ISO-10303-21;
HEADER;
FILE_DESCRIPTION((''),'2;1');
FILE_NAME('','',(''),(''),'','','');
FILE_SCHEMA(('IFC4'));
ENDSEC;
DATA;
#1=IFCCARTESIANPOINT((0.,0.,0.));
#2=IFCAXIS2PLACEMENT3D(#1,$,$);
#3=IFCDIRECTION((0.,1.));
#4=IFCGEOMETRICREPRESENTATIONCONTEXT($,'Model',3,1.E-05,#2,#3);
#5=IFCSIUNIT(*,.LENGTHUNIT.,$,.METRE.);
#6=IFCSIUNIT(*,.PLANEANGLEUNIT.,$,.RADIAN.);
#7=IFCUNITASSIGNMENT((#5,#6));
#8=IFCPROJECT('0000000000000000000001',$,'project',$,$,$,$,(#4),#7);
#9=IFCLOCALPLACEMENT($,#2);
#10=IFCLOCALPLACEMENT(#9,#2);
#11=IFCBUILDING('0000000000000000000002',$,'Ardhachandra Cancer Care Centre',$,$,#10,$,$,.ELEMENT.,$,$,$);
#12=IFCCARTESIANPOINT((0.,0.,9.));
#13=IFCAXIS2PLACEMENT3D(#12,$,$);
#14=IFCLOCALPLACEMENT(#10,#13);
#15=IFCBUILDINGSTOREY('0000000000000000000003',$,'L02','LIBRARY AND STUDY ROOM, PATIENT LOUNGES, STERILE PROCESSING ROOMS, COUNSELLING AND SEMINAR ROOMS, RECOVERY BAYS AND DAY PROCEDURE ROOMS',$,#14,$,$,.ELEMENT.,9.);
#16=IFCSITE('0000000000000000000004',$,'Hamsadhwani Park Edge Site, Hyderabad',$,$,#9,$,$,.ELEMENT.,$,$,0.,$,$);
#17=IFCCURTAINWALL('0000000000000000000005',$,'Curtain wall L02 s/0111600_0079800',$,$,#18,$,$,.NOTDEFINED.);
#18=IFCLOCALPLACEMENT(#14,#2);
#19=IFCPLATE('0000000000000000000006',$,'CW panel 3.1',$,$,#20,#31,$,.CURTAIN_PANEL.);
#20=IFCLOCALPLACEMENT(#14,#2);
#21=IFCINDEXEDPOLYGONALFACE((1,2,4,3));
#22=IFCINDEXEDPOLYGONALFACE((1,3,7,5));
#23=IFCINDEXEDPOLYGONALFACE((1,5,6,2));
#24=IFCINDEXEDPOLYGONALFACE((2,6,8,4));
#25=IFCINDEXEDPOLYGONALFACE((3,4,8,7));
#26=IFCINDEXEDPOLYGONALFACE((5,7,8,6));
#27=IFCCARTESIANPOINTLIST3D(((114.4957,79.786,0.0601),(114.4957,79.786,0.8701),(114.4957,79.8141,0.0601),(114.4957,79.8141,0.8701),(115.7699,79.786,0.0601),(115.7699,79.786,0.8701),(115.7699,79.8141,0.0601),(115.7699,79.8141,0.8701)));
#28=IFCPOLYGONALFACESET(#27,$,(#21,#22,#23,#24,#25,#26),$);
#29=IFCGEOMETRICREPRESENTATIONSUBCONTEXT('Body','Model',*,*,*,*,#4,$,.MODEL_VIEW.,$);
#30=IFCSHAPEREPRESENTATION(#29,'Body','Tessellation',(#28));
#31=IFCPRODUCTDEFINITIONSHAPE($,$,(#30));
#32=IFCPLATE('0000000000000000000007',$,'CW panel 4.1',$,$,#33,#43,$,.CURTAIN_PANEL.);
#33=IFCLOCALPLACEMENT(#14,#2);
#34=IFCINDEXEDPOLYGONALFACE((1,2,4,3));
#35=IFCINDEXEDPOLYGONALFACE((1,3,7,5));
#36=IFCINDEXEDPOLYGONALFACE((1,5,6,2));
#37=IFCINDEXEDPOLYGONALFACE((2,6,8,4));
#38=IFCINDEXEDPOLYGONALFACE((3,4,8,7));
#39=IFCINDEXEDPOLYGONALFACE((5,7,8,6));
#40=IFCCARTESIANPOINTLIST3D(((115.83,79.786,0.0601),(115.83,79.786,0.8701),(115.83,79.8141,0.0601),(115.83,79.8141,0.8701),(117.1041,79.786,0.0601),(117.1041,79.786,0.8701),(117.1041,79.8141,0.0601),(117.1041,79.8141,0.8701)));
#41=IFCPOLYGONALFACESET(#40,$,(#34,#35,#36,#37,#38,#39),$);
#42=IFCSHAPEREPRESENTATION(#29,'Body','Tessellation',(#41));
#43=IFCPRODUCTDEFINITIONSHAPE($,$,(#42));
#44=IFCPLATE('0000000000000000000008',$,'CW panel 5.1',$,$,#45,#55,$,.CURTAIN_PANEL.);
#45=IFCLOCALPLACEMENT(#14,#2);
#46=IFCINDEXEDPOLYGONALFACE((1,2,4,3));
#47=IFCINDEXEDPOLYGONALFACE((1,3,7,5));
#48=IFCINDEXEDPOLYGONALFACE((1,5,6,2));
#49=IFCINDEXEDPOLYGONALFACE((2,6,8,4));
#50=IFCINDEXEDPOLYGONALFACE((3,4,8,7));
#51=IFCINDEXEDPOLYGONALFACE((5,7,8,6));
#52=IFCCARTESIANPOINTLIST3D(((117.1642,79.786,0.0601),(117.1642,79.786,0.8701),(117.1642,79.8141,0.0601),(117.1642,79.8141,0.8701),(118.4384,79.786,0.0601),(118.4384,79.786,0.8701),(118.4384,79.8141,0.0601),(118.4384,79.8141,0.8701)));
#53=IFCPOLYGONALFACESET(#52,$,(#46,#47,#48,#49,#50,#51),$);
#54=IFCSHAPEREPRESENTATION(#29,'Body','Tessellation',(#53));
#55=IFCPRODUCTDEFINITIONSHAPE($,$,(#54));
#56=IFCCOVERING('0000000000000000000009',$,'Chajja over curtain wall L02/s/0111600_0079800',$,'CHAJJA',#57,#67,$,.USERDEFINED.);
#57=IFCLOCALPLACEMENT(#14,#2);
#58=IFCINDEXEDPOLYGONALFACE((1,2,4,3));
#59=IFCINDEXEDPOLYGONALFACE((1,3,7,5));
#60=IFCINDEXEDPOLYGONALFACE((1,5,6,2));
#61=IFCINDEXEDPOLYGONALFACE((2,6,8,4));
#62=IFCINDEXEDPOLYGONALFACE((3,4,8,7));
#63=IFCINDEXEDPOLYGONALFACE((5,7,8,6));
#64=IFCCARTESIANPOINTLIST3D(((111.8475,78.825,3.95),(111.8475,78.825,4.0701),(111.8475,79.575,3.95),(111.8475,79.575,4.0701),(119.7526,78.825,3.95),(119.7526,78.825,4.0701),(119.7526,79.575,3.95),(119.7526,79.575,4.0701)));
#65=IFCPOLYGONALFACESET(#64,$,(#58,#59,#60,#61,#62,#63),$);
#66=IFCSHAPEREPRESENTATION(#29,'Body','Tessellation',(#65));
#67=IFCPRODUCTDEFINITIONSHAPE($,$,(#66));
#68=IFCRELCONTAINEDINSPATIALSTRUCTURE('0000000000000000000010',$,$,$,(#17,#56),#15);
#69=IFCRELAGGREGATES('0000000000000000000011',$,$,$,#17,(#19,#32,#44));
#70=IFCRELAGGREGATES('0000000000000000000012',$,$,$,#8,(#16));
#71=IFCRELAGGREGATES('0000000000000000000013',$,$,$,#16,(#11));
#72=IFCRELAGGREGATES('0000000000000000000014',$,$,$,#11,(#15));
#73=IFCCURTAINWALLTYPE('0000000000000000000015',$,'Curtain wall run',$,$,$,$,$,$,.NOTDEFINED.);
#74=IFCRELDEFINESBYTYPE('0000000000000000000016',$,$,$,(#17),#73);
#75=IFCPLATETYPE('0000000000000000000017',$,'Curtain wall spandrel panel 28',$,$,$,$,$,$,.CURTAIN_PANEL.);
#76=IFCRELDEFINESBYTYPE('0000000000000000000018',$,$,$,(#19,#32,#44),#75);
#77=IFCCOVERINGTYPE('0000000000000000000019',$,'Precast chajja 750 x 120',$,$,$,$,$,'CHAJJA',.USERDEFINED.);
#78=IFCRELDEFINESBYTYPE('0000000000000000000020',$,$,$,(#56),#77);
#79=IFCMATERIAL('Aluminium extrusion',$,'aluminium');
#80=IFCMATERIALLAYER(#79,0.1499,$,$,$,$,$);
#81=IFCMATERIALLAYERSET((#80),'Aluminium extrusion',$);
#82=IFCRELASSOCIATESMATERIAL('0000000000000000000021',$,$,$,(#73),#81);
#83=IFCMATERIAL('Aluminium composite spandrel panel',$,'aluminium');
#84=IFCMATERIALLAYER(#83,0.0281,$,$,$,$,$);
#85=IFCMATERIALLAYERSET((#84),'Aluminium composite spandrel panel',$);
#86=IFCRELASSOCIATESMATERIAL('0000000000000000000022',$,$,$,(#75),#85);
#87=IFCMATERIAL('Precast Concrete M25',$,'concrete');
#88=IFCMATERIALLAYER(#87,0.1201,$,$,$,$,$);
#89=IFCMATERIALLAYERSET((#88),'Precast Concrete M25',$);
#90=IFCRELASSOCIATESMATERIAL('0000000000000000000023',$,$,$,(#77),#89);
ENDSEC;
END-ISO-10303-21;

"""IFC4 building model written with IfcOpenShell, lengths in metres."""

from ifc_helpers import new_model, si_unit, direction, frame, origin, origin_2d, place, context, subcontext, project, spatial, rectangle, extrude, material, layer, layer_set, type_object, element, aggregate, save


model = new_model("IFC4")

# Units and contexts
model_context = context("Model", 3, precision=1e-05, world=origin(), true_north=direction((0.0, 1.0)))
body_context = subcontext(model_context, "Body", "Model", "MODEL_VIEW")
ifc_project = project(units=[si_unit("LENGTHUNIT", "METRE"), si_unit("PLANEANGLEUNIT", "RADIAN")], contexts=[model_context])

# Site, building, storey
site_placement = place(None, origin())
site = spatial("IfcSite", under=ifc_project, at=site_placement, Name="Hamsadhwani Park Edge Site, Hyderabad", CompositionType="ELEMENT", RefElevation=0.0)
building_placement = place(site_placement, origin())
building = spatial("IfcBuilding", under=site, at=building_placement, Name="Ardhachandra Cancer Care Centre", CompositionType="ELEMENT")
storey_placement = place(building_placement, frame((0.0, 0.0, 9.0)))
storey = spatial("IfcBuildingStorey", under=building, at=storey_placement, Name="L02", Description="LIBRARY AND STUDY ROOM, PATIENT LOUNGES, STERILE PROCESSING ROOMS, COUNSELLING AND SEMINAR ROOMS, RECOVERY BAYS AND DAY PROCEDURE ROOMS", CompositionType="ELEMENT", Elevation=9.0)

# Curtain wall, plates
ifc_material_1 = material(Name="Aluminium extrusion", Category="aluminium")
ifc_layer_1 = layer(ifc_material_1, 0.1499)
ifc_layer_set_1 = layer_set([ifc_layer_1], Name="Aluminium extrusion")
curtain_wall_type = type_object("IfcCurtainWallType", Name="Curtain wall run", PredefinedType="NOTDEFINED", material=ifc_layer_set_1)
curtain_wall_placement = place(storey_placement, origin())
curtain_wall = element("IfcCurtainWall", 1, at=curtain_wall_placement, inside=storey, type_object=curtain_wall_type, Name="Curtain wall L02 s/0111600_0079800", PredefinedType="NOTDEFINED")
ifc_material_2 = material(Name="Aluminium composite spandrel panel", Category="aluminium")
ifc_layer_2 = layer(ifc_material_2, 0.0281)
ifc_layer_set_2 = layer_set([ifc_layer_2], Name="Aluminium composite spandrel panel")
plate_type_1 = type_object("IfcPlateType", Name="Curtain wall spandrel panel 28", PredefinedType="CURTAIN_PANEL", material=ifc_layer_set_2)
plate_1_placement = place(storey_placement, frame((115.1328, 79.8, 0.0601), z_axis=(0.0, 0.0, 1.0), x_axis=(1.0, 0.0, 0.0)))
plate_1 = element("IfcPlate", 2, at=plate_1_placement, type_object=plate_type_1, Name="CW panel 3.1", PredefinedType="CURTAIN_PANEL", context=body_context, shape_type="SweptSolid", body=[
    extrude(rectangle(XDim=1.2742, YDim=0.0281, at=origin_2d()), origin(), (0.0, 0.0, 1.0), 0.8101),
])
plate_2_placement = place(storey_placement, frame((116.467, 79.8, 0.0601), z_axis=(0.0, 0.0, 1.0), x_axis=(1.0, 0.0, 0.0)))
plate_2 = element("IfcPlate", 3, at=plate_2_placement, type_object=plate_type_1, Name="CW panel 4.1", PredefinedType="CURTAIN_PANEL", context=body_context, shape_type="SweptSolid", body=[
    extrude(rectangle(XDim=1.2742, YDim=0.0281, at=origin_2d()), origin(), (0.0, 0.0, 1.0), 0.8101),
])
plate_3_placement = place(storey_placement, frame((117.8013, 79.8, 0.0601), z_axis=(0.0, 0.0, 1.0), x_axis=(1.0, 0.0, 0.0)))
plate_3 = element("IfcPlate", 4, at=plate_3_placement, type_object=plate_type_1, Name="CW panel 5.1", PredefinedType="CURTAIN_PANEL", context=body_context, shape_type="SweptSolid", body=[
    extrude(rectangle(XDim=1.2742, YDim=0.0281, at=origin_2d()), origin(), (0.0, 0.0, 1.0), 0.8101),
])
aggregate(curtain_wall, [plate_1, plate_2, plate_3])

# Covering
ifc_material_3 = material(Name="Precast Concrete M25", Category="concrete")
ifc_layer_3 = layer(ifc_material_3, 0.1201)
ifc_layer_set_3 = layer_set([ifc_layer_3], Name="Precast Concrete M25")
covering_type = type_object("IfcCoveringType", Name="Precast chajja 750 x 120", ElementType="CHAJJA", PredefinedType="USERDEFINED", material=ifc_layer_set_3)
covering_placement = place(storey_placement, frame((115.8, 79.2, 3.95), z_axis=(0.0, 0.0, 1.0), x_axis=(1.0, 0.0, 0.0)))
element("IfcCovering", 5, at=covering_placement, inside=storey, type_object=covering_type, Name="Chajja over curtain wall L02/s/0111600_0079800", ObjectType="CHAJJA", PredefinedType="USERDEFINED", context=body_context, shape_type="SweptSolid", body=[
    extrude(rectangle(XDim=7.905, YDim=0.75, at=origin_2d()), origin(), (0.0, 0.0, 1.0), 0.1201),
])

save(model, "model.ifc")
